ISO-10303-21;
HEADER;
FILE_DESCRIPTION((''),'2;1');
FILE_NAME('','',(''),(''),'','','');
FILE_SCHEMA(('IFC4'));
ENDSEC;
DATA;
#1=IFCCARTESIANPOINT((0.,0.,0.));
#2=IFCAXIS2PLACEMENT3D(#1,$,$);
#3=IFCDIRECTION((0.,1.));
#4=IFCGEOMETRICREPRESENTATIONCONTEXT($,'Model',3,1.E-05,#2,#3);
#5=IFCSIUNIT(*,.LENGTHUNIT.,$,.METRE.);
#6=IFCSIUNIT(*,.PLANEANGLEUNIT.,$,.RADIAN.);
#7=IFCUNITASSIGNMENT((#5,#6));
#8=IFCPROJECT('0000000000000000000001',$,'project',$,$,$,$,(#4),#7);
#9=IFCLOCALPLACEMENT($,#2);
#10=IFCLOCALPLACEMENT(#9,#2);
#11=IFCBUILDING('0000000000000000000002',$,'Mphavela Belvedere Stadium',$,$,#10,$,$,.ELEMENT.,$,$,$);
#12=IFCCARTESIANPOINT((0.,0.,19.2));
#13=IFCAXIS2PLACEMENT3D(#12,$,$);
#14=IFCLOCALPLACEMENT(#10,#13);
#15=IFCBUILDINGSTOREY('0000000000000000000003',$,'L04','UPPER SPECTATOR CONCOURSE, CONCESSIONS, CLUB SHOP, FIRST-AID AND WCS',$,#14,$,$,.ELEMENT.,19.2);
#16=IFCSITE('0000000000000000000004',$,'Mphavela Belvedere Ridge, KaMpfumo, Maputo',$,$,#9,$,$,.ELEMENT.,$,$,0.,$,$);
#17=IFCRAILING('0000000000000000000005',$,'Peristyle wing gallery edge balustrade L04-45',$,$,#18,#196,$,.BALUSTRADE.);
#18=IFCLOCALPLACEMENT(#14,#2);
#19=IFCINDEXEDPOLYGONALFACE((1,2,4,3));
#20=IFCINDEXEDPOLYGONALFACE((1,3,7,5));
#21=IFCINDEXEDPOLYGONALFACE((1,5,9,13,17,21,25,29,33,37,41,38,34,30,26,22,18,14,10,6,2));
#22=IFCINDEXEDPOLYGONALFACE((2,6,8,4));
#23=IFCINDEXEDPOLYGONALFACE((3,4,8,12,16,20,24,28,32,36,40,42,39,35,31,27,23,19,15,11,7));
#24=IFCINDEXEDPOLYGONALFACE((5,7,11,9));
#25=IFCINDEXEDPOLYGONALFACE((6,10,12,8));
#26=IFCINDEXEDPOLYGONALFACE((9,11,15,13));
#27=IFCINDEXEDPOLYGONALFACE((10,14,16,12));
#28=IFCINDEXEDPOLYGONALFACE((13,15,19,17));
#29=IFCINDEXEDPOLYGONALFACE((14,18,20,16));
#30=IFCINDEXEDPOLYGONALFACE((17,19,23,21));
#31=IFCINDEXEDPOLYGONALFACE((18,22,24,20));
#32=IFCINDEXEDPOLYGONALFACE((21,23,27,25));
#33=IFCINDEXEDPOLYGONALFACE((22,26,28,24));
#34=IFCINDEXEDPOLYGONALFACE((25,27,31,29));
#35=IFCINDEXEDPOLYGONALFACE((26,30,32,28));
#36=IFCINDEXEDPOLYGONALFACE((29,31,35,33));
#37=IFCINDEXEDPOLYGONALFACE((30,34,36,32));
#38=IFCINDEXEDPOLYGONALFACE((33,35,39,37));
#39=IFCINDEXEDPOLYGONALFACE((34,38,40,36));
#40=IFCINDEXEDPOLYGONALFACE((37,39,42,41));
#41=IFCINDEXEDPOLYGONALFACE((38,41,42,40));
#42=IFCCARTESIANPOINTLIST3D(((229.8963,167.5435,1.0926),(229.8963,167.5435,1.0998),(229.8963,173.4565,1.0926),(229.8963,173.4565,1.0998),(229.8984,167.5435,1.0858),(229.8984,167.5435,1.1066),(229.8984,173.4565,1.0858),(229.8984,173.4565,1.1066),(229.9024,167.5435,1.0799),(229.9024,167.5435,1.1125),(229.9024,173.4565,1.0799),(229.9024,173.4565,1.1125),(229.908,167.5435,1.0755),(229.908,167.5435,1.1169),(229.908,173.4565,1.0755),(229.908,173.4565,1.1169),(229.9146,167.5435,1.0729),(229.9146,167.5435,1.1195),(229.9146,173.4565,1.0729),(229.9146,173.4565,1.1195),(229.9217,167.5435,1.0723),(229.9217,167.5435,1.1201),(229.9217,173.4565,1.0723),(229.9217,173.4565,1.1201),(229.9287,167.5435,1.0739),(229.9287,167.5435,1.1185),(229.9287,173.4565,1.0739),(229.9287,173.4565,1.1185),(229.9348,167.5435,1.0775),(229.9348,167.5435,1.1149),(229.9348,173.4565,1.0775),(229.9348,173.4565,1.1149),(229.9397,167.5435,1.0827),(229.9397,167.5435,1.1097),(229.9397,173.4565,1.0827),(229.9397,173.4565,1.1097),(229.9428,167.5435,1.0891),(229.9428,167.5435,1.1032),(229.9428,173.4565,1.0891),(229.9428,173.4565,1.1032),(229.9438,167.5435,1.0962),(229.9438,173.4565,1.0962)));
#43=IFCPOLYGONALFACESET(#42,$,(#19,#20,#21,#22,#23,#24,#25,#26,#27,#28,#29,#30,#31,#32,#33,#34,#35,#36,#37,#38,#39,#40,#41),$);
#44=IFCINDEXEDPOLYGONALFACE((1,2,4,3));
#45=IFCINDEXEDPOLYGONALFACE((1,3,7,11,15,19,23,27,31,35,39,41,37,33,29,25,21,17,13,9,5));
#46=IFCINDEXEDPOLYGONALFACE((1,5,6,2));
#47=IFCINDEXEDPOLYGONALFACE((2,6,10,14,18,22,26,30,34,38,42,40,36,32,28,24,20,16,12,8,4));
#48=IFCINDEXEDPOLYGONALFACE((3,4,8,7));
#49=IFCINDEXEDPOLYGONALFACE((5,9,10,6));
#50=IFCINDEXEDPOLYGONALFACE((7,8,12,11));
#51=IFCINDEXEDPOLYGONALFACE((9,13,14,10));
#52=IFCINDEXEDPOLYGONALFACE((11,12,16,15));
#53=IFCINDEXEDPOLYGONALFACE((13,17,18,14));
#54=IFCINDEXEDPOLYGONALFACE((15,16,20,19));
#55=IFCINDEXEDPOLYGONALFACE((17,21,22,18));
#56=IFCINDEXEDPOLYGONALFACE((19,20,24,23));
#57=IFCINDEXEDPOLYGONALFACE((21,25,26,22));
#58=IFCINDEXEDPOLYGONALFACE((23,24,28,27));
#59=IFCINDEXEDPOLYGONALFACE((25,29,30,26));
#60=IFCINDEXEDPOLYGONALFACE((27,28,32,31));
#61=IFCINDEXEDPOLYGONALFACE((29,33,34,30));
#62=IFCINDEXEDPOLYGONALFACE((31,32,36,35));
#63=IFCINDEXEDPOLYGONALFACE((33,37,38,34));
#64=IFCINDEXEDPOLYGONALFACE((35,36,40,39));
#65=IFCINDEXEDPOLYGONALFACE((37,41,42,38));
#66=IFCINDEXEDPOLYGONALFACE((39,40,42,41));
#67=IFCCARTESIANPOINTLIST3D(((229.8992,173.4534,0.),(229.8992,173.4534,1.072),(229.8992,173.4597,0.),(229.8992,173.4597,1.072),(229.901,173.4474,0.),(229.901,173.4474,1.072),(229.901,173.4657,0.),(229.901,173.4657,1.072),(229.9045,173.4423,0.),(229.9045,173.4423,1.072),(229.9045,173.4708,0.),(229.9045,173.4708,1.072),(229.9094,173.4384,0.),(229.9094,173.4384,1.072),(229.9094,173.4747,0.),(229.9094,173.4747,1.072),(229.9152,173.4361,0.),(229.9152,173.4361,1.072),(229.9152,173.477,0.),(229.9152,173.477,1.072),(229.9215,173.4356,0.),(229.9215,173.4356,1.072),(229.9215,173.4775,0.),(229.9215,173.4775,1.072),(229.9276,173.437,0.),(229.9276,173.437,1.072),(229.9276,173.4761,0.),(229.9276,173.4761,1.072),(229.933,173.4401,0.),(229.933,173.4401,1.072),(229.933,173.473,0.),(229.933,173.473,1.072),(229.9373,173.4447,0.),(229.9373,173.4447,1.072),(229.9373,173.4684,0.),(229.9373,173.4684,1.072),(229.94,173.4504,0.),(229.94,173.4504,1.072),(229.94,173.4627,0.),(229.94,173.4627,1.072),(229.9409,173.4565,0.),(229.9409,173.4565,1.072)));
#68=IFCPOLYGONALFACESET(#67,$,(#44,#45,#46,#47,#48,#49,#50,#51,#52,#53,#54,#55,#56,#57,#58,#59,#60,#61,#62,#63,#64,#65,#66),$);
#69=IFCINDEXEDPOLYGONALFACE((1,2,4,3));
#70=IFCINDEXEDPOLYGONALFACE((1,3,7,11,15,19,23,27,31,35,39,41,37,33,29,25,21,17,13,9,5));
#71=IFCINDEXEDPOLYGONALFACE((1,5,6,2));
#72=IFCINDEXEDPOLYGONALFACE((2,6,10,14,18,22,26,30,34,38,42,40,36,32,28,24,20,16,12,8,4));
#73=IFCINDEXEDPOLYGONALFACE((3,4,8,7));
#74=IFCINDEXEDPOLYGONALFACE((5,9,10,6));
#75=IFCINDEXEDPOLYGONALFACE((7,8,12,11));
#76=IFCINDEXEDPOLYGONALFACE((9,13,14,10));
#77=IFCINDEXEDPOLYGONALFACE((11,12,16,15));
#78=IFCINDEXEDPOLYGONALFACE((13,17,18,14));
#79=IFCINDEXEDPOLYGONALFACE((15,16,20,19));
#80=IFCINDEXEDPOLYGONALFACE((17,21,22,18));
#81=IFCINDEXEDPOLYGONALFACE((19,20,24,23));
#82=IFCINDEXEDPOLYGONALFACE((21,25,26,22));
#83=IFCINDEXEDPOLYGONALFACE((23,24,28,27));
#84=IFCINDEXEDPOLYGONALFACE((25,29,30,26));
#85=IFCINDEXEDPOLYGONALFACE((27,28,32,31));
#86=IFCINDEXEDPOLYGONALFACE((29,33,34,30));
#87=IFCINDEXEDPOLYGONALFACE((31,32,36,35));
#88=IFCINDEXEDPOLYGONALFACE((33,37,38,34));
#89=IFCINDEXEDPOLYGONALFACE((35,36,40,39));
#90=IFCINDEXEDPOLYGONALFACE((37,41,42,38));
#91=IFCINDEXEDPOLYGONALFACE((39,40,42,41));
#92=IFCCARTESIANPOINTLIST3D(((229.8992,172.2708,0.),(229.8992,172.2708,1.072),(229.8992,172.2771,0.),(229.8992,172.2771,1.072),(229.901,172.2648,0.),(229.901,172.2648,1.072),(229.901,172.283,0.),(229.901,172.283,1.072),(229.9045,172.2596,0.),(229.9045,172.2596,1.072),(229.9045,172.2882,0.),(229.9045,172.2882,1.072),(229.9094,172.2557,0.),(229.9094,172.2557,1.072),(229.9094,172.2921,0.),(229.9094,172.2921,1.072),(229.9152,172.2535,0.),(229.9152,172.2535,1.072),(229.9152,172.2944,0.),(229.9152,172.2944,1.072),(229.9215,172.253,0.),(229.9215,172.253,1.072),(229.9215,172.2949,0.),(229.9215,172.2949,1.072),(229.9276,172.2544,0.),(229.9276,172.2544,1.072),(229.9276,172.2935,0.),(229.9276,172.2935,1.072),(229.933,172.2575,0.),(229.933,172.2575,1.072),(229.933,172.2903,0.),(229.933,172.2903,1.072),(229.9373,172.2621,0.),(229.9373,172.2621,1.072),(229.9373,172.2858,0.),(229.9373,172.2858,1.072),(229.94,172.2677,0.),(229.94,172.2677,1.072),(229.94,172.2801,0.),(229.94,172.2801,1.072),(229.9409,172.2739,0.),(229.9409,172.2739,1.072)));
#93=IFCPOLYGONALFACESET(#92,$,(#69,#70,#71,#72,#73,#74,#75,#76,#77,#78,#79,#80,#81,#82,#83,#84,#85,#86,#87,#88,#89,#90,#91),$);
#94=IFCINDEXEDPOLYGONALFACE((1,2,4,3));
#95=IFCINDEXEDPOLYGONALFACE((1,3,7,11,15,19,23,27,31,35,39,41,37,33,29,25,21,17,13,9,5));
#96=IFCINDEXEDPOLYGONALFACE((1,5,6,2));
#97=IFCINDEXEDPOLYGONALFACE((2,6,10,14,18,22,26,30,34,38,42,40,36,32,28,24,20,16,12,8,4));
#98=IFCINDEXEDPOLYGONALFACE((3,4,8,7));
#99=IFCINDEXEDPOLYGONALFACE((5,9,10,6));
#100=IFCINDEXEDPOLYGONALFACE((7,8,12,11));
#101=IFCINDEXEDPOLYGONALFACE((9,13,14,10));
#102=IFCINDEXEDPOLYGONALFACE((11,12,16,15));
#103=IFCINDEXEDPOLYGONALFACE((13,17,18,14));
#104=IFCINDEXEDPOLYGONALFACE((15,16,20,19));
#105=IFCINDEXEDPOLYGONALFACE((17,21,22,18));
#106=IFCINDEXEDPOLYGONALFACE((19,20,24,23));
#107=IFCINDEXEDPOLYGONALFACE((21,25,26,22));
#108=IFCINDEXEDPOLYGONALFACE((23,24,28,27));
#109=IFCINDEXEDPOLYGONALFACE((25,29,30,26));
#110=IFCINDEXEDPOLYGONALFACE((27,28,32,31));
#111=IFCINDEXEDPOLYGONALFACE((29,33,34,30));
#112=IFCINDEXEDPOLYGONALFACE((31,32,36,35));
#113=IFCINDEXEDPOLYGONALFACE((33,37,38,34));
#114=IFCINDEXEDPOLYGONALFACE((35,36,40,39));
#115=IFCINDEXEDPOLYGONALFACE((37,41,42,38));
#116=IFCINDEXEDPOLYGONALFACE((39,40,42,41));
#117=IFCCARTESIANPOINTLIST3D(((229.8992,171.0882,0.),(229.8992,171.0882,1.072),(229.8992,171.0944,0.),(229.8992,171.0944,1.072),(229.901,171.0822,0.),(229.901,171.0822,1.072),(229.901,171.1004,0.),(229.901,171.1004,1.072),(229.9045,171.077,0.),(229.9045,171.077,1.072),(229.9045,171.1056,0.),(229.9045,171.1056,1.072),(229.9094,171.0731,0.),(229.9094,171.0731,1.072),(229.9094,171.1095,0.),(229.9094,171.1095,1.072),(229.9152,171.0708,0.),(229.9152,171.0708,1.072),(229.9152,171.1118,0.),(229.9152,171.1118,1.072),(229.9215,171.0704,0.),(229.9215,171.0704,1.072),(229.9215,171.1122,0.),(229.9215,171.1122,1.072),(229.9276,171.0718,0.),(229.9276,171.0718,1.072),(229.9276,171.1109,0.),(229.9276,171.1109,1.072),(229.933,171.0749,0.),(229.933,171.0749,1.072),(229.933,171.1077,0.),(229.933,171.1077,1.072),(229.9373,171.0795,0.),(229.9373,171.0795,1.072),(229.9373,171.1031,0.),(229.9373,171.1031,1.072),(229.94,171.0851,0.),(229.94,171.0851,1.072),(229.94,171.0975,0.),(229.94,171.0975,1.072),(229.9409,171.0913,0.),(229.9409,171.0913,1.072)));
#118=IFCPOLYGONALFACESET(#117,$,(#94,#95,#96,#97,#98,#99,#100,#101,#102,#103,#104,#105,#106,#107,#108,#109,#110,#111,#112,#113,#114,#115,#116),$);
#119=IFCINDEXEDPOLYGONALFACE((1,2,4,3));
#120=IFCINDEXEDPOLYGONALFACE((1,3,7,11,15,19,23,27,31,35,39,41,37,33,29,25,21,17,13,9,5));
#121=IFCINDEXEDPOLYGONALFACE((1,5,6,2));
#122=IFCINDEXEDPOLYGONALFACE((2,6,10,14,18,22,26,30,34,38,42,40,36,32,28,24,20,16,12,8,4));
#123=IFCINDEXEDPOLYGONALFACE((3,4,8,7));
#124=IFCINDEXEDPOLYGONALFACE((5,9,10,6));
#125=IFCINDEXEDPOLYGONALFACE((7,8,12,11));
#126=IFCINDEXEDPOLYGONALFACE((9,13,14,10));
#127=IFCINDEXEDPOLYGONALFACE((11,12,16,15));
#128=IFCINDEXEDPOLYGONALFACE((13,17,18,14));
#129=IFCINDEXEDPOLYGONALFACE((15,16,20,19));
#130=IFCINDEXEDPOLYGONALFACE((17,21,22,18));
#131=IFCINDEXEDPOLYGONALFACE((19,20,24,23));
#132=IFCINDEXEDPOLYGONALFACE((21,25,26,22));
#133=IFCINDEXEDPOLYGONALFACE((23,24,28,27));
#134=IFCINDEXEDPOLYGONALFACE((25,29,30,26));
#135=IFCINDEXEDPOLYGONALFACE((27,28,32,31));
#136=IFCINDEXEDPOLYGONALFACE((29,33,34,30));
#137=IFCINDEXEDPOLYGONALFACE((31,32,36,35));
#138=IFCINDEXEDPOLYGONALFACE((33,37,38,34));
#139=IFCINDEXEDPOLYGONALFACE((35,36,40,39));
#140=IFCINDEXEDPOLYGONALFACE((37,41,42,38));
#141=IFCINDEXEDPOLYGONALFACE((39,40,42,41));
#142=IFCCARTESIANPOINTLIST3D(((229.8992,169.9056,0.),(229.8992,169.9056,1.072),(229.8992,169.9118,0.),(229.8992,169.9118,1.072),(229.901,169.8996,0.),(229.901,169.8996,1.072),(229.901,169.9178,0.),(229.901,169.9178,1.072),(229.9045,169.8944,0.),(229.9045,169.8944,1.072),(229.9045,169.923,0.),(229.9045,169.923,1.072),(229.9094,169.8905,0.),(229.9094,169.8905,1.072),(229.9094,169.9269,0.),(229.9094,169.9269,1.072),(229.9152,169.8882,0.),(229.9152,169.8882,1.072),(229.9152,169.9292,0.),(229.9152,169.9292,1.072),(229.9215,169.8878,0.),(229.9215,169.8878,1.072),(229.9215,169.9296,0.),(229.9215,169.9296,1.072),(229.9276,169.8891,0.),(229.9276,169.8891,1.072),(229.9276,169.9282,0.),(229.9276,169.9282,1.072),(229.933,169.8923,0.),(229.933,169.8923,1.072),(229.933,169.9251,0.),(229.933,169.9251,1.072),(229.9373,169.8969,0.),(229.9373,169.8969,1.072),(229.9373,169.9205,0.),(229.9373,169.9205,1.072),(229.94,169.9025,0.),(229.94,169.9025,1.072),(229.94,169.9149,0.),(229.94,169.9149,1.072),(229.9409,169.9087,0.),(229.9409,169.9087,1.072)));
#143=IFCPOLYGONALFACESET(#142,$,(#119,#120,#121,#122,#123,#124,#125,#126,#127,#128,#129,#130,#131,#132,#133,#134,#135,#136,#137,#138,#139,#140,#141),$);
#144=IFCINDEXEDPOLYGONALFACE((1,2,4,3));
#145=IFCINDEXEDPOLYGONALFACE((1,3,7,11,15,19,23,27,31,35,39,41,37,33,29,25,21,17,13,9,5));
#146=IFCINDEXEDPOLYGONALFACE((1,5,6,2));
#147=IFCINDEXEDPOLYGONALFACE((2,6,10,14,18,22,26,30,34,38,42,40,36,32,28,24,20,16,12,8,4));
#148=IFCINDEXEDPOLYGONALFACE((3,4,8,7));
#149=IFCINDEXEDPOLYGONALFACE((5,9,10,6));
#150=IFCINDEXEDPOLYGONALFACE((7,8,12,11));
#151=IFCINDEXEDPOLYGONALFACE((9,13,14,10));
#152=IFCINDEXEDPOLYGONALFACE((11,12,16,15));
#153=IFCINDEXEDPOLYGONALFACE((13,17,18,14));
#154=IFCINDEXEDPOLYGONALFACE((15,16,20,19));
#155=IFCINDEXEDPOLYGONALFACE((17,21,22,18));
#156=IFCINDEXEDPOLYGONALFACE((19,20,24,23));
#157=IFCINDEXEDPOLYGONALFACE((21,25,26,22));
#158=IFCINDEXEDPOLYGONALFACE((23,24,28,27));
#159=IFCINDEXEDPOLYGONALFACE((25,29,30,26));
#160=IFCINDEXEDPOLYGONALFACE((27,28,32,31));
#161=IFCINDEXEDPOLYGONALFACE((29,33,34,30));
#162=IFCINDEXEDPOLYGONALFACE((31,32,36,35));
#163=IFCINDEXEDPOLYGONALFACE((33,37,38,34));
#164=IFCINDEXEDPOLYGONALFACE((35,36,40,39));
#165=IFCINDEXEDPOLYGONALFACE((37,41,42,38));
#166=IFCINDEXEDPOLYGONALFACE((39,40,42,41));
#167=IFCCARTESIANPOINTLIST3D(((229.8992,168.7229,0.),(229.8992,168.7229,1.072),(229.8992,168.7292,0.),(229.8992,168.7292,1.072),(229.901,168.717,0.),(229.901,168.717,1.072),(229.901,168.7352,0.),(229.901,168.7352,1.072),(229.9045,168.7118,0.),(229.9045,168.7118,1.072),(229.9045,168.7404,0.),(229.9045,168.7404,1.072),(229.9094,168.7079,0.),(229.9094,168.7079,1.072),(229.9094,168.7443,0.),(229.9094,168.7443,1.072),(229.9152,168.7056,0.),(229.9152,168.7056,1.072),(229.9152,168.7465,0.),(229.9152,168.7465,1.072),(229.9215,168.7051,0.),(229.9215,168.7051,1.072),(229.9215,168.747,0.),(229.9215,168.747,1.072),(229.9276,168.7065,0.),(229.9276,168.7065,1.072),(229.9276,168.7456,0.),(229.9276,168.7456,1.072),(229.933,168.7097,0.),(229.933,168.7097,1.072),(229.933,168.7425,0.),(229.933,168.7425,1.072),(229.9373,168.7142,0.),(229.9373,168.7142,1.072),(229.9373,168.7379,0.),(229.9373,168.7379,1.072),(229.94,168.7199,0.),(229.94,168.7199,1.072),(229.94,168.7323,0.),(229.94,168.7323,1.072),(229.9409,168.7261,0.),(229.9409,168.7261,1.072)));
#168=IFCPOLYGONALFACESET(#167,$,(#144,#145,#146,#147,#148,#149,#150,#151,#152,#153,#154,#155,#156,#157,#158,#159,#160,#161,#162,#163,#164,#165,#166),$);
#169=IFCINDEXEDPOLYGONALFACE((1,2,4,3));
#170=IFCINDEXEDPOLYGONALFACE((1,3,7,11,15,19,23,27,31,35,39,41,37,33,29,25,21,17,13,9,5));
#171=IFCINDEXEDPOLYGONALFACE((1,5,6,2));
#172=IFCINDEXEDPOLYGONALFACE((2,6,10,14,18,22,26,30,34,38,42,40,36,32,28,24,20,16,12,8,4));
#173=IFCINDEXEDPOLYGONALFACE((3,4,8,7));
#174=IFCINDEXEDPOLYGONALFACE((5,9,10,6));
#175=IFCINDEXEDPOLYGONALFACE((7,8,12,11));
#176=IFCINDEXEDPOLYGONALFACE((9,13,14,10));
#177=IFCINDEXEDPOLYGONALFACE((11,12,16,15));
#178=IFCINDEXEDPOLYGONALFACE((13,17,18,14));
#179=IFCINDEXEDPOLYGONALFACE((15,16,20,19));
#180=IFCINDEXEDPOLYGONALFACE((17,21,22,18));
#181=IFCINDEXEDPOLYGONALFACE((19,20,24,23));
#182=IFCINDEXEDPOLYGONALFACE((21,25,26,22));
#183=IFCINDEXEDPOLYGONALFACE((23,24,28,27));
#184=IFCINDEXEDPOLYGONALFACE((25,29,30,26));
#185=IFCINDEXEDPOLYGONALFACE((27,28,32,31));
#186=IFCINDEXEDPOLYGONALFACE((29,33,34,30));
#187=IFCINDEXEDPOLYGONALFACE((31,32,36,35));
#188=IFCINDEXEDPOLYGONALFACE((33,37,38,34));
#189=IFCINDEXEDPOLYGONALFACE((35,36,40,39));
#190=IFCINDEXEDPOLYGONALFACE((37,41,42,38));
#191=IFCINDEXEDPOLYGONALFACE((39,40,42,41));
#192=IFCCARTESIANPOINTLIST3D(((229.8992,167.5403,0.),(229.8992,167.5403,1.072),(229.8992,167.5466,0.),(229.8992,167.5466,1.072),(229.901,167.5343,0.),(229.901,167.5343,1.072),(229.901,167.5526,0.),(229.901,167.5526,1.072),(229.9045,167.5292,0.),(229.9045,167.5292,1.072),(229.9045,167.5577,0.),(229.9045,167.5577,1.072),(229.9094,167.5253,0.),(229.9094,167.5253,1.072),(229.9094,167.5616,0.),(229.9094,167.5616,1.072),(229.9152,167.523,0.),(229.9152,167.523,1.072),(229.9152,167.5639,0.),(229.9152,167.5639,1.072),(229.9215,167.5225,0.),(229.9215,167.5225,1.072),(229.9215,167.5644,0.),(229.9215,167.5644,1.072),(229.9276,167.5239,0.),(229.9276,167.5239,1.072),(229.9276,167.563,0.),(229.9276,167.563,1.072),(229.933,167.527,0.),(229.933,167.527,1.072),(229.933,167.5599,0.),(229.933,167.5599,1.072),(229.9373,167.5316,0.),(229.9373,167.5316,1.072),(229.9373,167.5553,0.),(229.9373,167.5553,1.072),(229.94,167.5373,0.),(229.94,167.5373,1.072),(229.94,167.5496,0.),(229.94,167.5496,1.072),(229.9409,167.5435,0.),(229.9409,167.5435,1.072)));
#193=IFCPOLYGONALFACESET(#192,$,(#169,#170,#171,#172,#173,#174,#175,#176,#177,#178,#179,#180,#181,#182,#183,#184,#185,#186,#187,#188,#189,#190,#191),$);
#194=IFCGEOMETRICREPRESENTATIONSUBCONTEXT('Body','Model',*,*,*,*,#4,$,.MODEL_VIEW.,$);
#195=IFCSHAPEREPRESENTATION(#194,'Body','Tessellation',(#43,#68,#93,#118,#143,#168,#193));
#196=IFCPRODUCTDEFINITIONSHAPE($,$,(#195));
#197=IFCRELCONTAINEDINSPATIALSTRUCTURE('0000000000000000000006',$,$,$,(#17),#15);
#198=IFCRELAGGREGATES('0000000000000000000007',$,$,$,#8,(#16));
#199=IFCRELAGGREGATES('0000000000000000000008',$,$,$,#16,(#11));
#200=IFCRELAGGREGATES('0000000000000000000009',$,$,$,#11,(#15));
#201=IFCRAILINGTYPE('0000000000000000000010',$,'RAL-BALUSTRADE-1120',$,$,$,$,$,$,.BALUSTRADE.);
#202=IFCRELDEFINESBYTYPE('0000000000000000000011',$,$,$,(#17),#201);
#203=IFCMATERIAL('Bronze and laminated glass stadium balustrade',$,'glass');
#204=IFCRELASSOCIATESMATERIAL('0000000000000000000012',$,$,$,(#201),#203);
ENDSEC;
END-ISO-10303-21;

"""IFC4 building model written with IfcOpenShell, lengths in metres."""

from ifc_helpers import new_model, si_unit, direction, frame, origin, origin_2d, place, context, subcontext, project, spatial, circle, extrude, material, type_object, element, save


model = new_model("IFC4")

# Units and contexts
model_context = context("Model", 3, precision=1e-05, world=origin(), true_north=direction((0.0, 1.0)))
body_context = subcontext(model_context, "Body", "Model", "MODEL_VIEW")
ifc_project = project(units=[si_unit("LENGTHUNIT", "METRE"), si_unit("PLANEANGLEUNIT", "RADIAN")], contexts=[model_context])

# Site, building, storey
site_placement = place(None, origin())
site = spatial("IfcSite", under=ifc_project, at=site_placement, Name="Mphavela Belvedere Ridge, KaMpfumo, Maputo", CompositionType="ELEMENT", RefElevation=0.0)
building_placement = place(site_placement, origin())
building = spatial("IfcBuilding", under=site, at=building_placement, Name="Mphavela Belvedere Stadium", CompositionType="ELEMENT")
storey_placement = place(building_placement, frame((0.0, 0.0, 19.2)))
storey = spatial("IfcBuildingStorey", under=building, at=storey_placement, Name="L04", Description="UPPER SPECTATOR CONCOURSE, CONCESSIONS, CLUB SHOP, FIRST-AID AND WCS", CompositionType="ELEMENT", Elevation=19.2)

# Railing
ifc_material_1 = material(Name="Bronze and laminated glass stadium balustrade", Category="glass")
railing_type = type_object("IfcRailingType", Name="RAL-BALUSTRADE-1120", PredefinedType="BALUSTRADE", material=ifc_material_1)
for number, where, name in (
    (1, (229.9199, 173.4565, 0.0), "Peristyle wing gallery edge balustrade L04-45"),
):
    element("IfcRailing", number, at=place(storey_placement, frame(where)), inside=storey, type_object=railing_type, Name=name, PredefinedType="BALUSTRADE", context=body_context, shape_type="SweptSolid", body=[
        extrude(circle(Radius=0.0239, at=origin_2d()), frame((0.0, 0.0, 1.0962), z_axis=(0.0, -1.0, 0.0), x_axis=(1.0, 0.0, 0.0)), (0.0, 0.0, 1.0), 5.9131),
        extrude(circle(Radius=0.021, at=origin_2d()), origin(), (0.0, 0.0, 1.0), 1.072),
        extrude(circle(Radius=0.021, at=origin_2d()), frame((0.0, -1.1826, 0.0)), (0.0, 0.0, 1.0), 1.072),
        extrude(circle(Radius=0.021, at=origin_2d()), frame((0.0, -2.3652, 0.0)), (0.0, 0.0, 1.0), 1.072),
        extrude(circle(Radius=0.021, at=origin_2d()), frame((0.0, -3.5479, 0.0)), (0.0, 0.0, 1.0), 1.072),
        extrude(circle(Radius=0.021, at=origin_2d()), frame((0.0, -4.7305, 0.0)), (0.0, 0.0, 1.0), 1.072),
        extrude(circle(Radius=0.021, at=origin_2d()), frame((0.0, -5.9131, 0.0)), (0.0, 0.0, 1.0), 1.072),
    ])

save(model, "model.ifc")
